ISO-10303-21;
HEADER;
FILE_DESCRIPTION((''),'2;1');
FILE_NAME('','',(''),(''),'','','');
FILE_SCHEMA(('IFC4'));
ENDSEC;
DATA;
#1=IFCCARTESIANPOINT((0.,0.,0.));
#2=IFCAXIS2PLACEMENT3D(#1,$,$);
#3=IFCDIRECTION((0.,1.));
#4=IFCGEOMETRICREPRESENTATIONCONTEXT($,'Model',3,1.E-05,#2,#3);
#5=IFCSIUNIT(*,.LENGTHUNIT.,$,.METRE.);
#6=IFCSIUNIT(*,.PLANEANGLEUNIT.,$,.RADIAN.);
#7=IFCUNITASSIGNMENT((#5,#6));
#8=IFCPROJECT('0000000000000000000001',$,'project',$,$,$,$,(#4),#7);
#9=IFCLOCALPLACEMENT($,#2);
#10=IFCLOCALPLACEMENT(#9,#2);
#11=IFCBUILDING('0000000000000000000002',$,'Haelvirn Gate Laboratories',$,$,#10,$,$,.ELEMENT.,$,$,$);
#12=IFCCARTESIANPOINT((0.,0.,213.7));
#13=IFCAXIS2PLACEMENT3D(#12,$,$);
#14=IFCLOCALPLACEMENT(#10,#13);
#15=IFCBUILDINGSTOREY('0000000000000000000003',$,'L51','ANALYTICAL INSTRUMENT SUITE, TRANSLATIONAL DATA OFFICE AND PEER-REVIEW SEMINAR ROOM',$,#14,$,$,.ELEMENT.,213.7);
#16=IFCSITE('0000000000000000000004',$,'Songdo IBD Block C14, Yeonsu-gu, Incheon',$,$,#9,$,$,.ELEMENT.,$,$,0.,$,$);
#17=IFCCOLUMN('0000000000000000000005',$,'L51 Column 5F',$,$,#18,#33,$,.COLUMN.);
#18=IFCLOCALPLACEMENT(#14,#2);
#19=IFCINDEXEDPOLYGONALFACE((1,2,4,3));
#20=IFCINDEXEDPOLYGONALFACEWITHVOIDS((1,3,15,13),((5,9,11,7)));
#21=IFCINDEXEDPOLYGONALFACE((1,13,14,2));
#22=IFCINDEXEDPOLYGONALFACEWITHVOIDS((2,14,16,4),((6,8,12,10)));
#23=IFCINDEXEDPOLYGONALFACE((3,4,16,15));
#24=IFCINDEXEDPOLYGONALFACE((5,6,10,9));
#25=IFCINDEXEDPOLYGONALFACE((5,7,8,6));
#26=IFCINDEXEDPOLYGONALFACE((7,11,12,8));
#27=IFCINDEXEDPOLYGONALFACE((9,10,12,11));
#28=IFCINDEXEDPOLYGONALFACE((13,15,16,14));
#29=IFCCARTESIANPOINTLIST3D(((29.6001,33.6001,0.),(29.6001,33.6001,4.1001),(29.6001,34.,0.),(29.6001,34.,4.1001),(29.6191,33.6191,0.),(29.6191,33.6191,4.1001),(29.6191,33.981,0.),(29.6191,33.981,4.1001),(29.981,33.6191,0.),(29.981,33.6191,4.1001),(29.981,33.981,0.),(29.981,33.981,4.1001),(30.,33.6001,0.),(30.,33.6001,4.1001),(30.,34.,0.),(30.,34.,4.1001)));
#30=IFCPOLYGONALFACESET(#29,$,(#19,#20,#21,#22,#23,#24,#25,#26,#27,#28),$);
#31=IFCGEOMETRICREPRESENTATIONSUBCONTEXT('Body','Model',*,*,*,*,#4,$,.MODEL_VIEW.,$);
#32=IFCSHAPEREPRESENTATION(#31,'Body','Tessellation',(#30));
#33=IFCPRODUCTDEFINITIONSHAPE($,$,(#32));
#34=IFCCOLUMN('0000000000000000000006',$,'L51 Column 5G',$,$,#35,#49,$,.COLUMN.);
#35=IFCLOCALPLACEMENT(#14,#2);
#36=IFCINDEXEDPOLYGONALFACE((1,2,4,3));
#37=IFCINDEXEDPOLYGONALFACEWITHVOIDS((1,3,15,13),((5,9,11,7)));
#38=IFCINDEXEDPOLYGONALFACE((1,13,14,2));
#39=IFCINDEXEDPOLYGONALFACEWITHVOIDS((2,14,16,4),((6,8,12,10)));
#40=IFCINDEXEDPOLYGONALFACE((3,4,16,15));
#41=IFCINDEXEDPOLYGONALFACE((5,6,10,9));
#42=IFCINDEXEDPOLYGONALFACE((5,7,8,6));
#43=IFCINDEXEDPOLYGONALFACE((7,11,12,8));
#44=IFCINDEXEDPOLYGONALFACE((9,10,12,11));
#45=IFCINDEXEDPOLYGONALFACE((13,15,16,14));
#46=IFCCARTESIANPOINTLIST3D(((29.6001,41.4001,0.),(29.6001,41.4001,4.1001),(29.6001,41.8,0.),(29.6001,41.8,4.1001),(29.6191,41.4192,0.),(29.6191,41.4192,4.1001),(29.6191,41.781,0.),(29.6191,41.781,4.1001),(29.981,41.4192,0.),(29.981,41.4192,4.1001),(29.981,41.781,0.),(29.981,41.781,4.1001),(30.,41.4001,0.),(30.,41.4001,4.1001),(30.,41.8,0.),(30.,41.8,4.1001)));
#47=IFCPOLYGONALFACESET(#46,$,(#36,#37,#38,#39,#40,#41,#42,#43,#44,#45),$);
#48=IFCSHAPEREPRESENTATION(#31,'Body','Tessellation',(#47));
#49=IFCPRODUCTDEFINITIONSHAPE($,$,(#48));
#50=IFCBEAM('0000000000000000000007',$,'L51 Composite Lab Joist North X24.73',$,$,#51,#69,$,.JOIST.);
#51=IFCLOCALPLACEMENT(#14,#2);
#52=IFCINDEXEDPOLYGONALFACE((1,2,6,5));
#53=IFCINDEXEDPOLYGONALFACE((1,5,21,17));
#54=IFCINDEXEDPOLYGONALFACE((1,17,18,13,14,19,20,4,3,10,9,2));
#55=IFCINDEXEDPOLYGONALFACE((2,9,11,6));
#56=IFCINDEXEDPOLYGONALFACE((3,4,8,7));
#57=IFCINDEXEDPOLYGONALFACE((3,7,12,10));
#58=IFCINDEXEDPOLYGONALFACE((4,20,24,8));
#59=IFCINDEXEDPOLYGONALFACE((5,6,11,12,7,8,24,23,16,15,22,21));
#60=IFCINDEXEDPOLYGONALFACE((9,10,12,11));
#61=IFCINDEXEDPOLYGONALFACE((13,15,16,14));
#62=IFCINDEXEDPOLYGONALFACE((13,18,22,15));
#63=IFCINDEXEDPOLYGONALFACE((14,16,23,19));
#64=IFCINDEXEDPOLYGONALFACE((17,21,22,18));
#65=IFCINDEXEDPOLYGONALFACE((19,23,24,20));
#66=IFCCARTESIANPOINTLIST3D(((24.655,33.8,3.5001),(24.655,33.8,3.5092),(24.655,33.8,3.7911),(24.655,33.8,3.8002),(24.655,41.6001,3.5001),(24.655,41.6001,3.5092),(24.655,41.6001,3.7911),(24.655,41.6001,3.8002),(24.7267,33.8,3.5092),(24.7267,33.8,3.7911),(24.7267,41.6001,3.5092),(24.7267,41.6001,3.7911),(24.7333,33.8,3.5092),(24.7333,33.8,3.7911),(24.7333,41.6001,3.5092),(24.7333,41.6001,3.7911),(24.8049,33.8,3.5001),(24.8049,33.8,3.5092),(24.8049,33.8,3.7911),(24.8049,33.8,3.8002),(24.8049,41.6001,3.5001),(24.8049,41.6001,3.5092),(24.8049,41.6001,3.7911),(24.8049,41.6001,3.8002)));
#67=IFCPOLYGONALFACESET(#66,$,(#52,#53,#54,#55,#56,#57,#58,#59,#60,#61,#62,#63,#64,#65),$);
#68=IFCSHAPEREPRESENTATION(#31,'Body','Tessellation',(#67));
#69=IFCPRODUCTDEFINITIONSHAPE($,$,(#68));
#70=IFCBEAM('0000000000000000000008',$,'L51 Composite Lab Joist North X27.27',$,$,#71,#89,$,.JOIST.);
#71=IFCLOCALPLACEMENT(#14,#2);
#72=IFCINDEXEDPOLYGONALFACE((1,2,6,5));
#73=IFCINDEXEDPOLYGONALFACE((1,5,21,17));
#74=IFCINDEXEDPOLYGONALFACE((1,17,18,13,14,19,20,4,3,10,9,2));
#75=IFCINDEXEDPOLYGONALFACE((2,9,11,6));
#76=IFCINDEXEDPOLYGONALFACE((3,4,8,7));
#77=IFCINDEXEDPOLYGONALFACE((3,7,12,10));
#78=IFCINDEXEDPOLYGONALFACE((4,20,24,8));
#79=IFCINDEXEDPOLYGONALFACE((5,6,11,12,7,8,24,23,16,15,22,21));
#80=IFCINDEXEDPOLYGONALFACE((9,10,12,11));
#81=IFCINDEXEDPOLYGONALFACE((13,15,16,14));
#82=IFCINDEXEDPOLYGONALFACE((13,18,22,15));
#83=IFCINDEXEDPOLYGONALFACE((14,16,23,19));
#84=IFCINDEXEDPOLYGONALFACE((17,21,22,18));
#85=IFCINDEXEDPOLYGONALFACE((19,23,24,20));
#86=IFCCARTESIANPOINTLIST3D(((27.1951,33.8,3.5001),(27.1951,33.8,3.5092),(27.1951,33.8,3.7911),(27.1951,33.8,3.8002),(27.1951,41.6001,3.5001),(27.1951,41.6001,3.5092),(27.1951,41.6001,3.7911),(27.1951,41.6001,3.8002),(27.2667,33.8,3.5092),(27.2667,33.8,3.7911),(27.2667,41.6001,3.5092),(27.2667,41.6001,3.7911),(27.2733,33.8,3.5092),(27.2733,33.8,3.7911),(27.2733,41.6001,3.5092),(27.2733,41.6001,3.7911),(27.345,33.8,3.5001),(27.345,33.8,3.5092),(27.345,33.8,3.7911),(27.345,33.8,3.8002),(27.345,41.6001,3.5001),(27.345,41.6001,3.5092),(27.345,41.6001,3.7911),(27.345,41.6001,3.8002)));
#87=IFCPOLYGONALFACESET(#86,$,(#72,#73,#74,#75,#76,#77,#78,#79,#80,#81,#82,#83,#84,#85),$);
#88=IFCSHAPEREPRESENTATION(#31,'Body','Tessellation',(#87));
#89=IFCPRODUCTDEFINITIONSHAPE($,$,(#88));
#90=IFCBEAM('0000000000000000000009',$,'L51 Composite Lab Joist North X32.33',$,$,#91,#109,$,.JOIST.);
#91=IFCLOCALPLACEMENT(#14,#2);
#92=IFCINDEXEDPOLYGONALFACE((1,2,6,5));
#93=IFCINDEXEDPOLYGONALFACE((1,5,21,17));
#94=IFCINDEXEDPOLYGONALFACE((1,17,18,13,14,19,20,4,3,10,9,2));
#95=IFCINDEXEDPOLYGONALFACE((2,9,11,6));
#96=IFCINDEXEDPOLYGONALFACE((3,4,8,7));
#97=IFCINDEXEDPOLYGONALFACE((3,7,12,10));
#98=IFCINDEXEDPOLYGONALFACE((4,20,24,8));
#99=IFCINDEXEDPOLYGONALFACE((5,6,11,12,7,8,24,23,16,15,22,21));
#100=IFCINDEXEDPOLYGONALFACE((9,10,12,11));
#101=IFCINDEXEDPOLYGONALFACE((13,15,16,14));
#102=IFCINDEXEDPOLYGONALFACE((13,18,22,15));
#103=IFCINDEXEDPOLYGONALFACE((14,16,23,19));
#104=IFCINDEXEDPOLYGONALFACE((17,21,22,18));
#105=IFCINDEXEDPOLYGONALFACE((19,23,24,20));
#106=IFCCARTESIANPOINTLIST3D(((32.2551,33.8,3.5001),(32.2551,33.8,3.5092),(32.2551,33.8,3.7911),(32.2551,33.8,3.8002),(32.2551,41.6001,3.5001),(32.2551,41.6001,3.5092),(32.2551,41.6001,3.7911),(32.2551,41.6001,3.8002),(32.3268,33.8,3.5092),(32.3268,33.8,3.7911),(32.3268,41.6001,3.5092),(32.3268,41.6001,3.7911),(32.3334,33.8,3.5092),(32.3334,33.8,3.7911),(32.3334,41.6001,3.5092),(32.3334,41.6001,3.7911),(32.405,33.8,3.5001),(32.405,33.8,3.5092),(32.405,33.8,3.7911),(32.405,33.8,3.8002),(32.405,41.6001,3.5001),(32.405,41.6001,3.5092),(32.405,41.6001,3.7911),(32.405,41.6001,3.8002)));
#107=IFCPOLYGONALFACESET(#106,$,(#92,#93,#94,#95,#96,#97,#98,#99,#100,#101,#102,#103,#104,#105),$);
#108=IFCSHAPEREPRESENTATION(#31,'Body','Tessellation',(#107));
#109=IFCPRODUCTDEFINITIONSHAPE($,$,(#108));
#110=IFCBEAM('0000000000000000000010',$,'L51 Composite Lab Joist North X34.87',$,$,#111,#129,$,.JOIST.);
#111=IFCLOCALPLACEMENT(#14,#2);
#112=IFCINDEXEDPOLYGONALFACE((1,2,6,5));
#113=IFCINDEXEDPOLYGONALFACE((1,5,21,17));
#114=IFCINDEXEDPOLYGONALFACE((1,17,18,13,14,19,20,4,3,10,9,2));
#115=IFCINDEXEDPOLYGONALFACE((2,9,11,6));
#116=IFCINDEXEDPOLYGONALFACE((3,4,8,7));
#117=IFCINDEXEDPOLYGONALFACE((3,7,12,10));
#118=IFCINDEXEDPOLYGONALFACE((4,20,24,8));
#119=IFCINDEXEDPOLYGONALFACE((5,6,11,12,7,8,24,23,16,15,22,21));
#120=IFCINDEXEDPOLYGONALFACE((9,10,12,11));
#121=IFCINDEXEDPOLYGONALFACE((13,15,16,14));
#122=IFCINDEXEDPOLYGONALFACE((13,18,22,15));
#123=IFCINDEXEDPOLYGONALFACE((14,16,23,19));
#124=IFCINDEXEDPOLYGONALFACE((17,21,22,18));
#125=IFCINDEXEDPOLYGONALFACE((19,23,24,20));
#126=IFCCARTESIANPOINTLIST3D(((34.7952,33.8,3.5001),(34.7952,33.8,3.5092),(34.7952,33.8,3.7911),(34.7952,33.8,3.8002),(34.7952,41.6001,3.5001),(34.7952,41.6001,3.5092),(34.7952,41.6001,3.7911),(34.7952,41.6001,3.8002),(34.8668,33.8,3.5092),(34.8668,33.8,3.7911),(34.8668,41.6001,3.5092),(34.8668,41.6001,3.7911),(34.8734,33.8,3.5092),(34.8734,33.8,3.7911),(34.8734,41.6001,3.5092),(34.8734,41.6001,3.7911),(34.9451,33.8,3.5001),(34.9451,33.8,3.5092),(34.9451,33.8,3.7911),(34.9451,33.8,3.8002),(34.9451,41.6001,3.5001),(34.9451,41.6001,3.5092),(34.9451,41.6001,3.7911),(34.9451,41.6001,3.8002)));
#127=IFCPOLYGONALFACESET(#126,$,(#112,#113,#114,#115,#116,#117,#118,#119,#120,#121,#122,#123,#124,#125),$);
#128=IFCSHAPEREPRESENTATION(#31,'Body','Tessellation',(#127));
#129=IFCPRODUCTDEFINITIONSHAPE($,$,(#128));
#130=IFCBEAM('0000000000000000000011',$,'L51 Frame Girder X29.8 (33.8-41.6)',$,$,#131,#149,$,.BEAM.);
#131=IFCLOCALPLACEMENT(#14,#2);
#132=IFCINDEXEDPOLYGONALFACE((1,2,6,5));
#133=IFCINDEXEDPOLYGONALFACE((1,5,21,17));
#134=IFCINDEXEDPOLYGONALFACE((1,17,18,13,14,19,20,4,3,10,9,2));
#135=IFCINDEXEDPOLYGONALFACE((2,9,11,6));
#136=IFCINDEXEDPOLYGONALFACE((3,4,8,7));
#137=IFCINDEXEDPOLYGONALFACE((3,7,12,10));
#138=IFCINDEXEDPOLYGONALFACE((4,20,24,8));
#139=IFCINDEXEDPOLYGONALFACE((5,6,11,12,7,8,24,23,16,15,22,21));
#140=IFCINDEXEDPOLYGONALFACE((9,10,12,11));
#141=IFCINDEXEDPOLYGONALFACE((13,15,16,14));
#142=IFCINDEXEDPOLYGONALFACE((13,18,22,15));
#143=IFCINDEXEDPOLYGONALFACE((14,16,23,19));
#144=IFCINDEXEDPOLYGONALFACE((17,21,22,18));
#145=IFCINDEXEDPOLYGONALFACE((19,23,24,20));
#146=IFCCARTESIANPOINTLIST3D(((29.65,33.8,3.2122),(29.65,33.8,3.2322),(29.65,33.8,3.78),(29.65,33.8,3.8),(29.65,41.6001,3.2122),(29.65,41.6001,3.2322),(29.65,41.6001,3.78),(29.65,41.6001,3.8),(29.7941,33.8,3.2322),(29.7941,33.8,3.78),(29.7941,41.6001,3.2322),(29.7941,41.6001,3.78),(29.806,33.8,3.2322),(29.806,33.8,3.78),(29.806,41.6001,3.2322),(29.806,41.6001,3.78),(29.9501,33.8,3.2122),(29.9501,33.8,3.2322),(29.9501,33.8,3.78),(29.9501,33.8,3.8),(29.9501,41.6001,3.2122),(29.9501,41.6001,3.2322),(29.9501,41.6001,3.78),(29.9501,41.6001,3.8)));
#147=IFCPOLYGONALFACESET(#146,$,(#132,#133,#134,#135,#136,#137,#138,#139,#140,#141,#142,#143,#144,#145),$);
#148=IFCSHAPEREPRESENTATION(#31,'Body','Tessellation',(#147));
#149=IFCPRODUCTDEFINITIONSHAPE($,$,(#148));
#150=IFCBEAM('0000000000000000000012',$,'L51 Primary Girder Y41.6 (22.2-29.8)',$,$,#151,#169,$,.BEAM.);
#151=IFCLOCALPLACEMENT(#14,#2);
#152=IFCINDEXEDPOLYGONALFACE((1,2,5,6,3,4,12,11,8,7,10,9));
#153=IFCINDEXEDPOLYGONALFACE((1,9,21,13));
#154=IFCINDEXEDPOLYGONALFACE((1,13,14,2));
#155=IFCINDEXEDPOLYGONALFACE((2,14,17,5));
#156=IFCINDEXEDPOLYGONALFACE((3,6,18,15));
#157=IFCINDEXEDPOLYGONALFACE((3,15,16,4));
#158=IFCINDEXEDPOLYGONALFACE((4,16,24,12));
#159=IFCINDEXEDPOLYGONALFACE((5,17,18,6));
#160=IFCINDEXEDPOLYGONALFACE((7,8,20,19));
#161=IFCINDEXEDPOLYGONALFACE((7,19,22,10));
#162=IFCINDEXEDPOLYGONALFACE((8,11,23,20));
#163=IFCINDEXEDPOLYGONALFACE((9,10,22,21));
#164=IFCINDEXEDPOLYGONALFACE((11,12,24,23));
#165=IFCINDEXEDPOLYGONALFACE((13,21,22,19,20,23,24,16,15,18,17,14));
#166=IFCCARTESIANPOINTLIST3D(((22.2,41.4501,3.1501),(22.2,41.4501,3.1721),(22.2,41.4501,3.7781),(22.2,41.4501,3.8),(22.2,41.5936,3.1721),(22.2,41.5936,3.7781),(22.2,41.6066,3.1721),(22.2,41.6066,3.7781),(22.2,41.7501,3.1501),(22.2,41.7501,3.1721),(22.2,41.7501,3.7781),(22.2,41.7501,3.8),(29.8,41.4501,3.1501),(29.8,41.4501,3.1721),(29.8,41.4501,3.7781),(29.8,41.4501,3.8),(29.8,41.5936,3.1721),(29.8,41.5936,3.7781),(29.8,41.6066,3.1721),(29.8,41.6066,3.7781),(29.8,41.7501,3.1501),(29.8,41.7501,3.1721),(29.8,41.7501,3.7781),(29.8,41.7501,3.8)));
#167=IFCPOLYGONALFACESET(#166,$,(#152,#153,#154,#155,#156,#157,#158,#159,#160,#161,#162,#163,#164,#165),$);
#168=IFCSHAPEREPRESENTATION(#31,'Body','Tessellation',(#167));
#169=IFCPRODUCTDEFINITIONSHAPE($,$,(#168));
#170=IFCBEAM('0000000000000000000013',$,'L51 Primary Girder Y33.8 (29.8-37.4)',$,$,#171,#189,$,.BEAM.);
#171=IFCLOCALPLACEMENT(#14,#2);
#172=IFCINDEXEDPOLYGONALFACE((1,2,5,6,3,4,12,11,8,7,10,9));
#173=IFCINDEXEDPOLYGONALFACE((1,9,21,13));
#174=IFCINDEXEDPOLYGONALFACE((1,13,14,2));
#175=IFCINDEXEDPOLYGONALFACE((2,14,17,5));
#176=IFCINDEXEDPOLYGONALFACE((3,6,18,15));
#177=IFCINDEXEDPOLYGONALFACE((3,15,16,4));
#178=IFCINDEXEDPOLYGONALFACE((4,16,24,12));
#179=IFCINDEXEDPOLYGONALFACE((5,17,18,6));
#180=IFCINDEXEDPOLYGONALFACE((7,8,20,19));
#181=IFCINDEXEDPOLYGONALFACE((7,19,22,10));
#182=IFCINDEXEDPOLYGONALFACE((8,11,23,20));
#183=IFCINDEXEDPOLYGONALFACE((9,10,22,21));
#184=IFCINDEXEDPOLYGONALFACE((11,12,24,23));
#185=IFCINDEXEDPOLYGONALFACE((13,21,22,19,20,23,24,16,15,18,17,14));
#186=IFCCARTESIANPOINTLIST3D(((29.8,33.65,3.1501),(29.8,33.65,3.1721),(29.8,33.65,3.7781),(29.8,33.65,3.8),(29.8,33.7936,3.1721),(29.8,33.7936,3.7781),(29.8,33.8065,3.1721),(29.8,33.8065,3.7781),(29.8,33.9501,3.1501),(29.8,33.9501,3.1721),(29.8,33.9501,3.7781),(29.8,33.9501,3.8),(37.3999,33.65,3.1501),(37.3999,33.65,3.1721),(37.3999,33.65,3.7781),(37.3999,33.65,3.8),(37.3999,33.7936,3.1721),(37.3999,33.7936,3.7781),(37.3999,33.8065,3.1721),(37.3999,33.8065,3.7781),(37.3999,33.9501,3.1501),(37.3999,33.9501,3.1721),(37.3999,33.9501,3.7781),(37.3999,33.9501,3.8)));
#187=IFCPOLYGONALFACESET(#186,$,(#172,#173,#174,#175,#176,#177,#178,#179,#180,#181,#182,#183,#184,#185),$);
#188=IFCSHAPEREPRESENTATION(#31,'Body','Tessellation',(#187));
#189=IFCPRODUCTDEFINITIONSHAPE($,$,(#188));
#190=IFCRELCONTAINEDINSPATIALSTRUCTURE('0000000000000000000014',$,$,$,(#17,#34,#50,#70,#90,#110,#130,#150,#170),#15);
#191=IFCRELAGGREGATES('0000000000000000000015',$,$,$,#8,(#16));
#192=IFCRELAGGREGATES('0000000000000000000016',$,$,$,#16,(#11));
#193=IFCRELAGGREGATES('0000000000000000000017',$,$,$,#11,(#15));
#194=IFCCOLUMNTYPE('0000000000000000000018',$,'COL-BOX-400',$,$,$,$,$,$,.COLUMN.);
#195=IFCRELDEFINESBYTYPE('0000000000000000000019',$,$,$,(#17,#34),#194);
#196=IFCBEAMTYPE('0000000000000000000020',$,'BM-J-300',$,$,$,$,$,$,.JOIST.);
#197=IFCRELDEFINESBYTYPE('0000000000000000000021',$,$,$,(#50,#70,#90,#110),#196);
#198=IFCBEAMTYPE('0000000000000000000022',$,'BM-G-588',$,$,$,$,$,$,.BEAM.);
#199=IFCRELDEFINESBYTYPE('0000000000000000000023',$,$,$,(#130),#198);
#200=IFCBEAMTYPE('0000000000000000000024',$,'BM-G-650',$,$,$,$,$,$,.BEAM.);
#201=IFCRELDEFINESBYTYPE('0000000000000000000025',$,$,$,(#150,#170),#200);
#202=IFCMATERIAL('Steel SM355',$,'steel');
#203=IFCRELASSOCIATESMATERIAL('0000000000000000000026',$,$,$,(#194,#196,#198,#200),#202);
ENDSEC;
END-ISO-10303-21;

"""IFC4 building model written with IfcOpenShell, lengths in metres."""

from ifc_helpers import new_model, si_unit, direction, frame, origin, origin_2d, place, context, subcontext, project, spatial, hollow_rectangle, i_section, extrude, source, transform, mapped, material, material_profile, profile_set, type_object, type_shapes, element, save


model = new_model("IFC4")

# Units and contexts
model_context = context("Model", 3, precision=1e-05, world=origin(), true_north=direction((0.0, 1.0)))
body_context = subcontext(model_context, "Body", "Model", "MODEL_VIEW")
ifc_project = project(units=[si_unit("LENGTHUNIT", "METRE"), si_unit("PLANEANGLEUNIT", "RADIAN")], contexts=[model_context])

# Site, building, storey
site_placement = place(None, origin())
site = spatial("IfcSite", under=ifc_project, at=site_placement, Name="Songdo IBD Block C14, Yeonsu-gu, Incheon", CompositionType="ELEMENT", RefElevation=0.0)
building_placement = place(site_placement, origin())
building = spatial("IfcBuilding", under=site, at=building_placement, Name="Haelvirn Gate Laboratories", CompositionType="ELEMENT")
storey_placement = place(building_placement, frame((0.0, 0.0, 213.7)))
storey = spatial("IfcBuildingStorey", under=building, at=storey_placement, Name="L51", Description="ANALYTICAL INSTRUMENT SUITE, TRANSLATIONAL DATA OFFICE AND PEER-REVIEW SEMINAR ROOM", CompositionType="ELEMENT", Elevation=213.7)

# Columns
ifc_material_1 = material(Name="Steel SM355", Category="steel")
ifc_material_profile_1 = material_profile(ifc_material_1, hollow_rectangle(XDim=0.3999, YDim=0.3999, WallThickness=0.019, at=origin_2d()), Name="BOX-400x400x19")
ifc_profile_set_1 = profile_set([ifc_material_profile_1], Name="Steel SM355")
column_type = type_object("IfcColumnType", Name="COL-BOX-400", PredefinedType="COLUMN", material=ifc_profile_set_1)
shared_shape_1 = source(origin(), body_context, "Body", "SweptSolid", [
    extrude(hollow_rectangle(XDim=0.3999, YDim=0.3999, WallThickness=0.019, at=origin_2d()), origin(), (0.0, 0.0, 1.0), 4.1001),
])
type_shapes(column_type, [shared_shape_1])
for number, where, z_axis, x_axis, name in (
    (1, (29.8, 33.8, 0.0), (0.0, 0.0, 1.0), (1.0, 0.0, 0.0), "L51 Column 5F"),
    (2, (29.8, 41.6001, 0.0), (0.0, 0.0, 1.0), (1.0, 0.0, 0.0), "L51 Column 5G"),
):
    element("IfcColumn", number, at=place(storey_placement, frame(where, z_axis=z_axis, x_axis=x_axis)), inside=storey, type_object=column_type, Name=name, PredefinedType="COLUMN", context=body_context, shape_type="MappedRepresentation", body=[
        mapped(shared_shape_1, transform((0.0, 0.0, 0.0), scale=1.0)),
    ])

# Beams
ifc_material_profile_2 = material_profile(ifc_material_1, i_section(OverallWidth=0.1499, OverallDepth=0.3, WebThickness=0.0066, FlangeThickness=0.009, at=origin_2d()), Name="H-300x150x6.5x9")
ifc_profile_set_2 = profile_set([ifc_material_profile_2], Name="Steel SM355")
beam_type_1 = type_object("IfcBeamType", Name="BM-J-300", PredefinedType="JOIST", material=ifc_profile_set_2)
shared_shape_2 = source(origin(), body_context, "Body", "SweptSolid", [
    extrude(i_section(OverallWidth=0.1499, OverallDepth=0.3, WebThickness=0.0066, FlangeThickness=0.009, at=origin_2d()), origin(), (0.0, 0.0, 1.0), 7.8),
])
type_shapes(beam_type_1, [shared_shape_2])
for number, where, z_axis, x_axis, name in (
    (3, (24.73, 33.8, 3.6501), (0.0, 1.0, 0.0), (-1.0, 0.0, 0.0), "L51 Composite Lab Joist North X24.73"),
    (4, (27.27, 33.8, 3.6501), (0.0, 1.0, 0.0), (-1.0, 0.0, 0.0), "L51 Composite Lab Joist North X27.27"),
    (5, (32.3301, 33.8, 3.6501), (0.0, 1.0, 0.0), (-1.0, 0.0, 0.0), "L51 Composite Lab Joist North X32.33"),
    (6, (34.8701, 33.8, 3.6501), (0.0, 1.0, 0.0), (-1.0, 0.0, 0.0), "L51 Composite Lab Joist North X34.87"),
):
    element("IfcBeam", number, at=place(storey_placement, frame(where, z_axis=z_axis, x_axis=x_axis)), inside=storey, type_object=beam_type_1, Name=name, PredefinedType="JOIST", context=body_context, shape_type="MappedRepresentation", body=[
        mapped(shared_shape_2, transform((0.0, 0.0, 0.0), scale=1.0)),
    ])
ifc_material_profile_3 = material_profile(ifc_material_1, i_section(OverallWidth=0.3, OverallDepth=0.5879, WebThickness=0.012, FlangeThickness=0.02, at=origin_2d()), Name="H-588x300x12x20")
ifc_profile_set_3 = profile_set([ifc_material_profile_3], Name="Steel SM355")
beam_type_2 = type_object("IfcBeamType", Name="BM-G-588", PredefinedType="BEAM", material=ifc_profile_set_3)
shared_shape_3 = source(origin(), body_context, "Body", "SweptSolid", [
    extrude(i_section(OverallWidth=0.3, OverallDepth=0.5879, WebThickness=0.012, FlangeThickness=0.02, at=origin_2d()), origin(), (0.0, 0.0, 1.0), 7.8),
])
type_shapes(beam_type_2, [shared_shape_3])
beam_1_placement = place(storey_placement, frame((29.8, 33.8, 3.5061), z_axis=(0.0, 1.0, 0.0), x_axis=(-1.0, 0.0, 0.0)))
element("IfcBeam", 7, at=beam_1_placement, inside=storey, type_object=beam_type_2, Name="L51 Frame Girder X29.8 (33.8-41.6)", PredefinedType="BEAM", context=body_context, shape_type="MappedRepresentation", body=[
    mapped(shared_shape_3, transform((0.0, 0.0, 0.0), scale=1.0)),
])
ifc_material_profile_4 = material_profile(ifc_material_1, i_section(OverallWidth=0.3, OverallDepth=0.6499, WebThickness=0.0129, FlangeThickness=0.022, at=origin_2d()), Name="H-650x300x13x22")
ifc_profile_set_4 = profile_set([ifc_material_profile_4], Name="Steel SM355")
beam_type_3 = type_object("IfcBeamType", Name="BM-G-650", PredefinedType="BEAM", material=ifc_profile_set_4)
shared_shape_4 = source(origin(), body_context, "Body", "SweptSolid", [
    extrude(i_section(OverallWidth=0.3, OverallDepth=0.6499, WebThickness=0.0129, FlangeThickness=0.022, at=origin_2d()), origin(), (0.0, 0.0, 1.0), 7.6001),
])
beam_2_placement = place(storey_placement, frame((22.2, 41.6001, 3.4751), z_axis=(1.0, 0.0, 0.0), x_axis=(0.0, 1.0, 0.0)))
element("IfcBeam", 8, at=beam_2_placement, inside=storey, type_object=beam_type_3, Name="L51 Primary Girder Y41.6 (22.2-29.8)", PredefinedType="BEAM", context=body_context, shape_type="MappedRepresentation", body=[
    mapped(shared_shape_4, transform((0.0, 0.0, 0.0), scale=1.0)),
])
shared_shape_5 = source(origin(), body_context, "Body", "SweptSolid", [
    extrude(i_section(OverallWidth=0.3, OverallDepth=0.6499, WebThickness=0.0129, FlangeThickness=0.022, at=origin_2d()), origin(), (0.0, 0.0, 1.0), 7.5999),
])
type_shapes(beam_type_3, [shared_shape_4, shared_shape_5])
for number, where, z_axis, x_axis, name in (
    (9, (29.8, 33.8, 3.4751), (1.0, 0.0, 0.0), (0.0, 1.0, 0.0), "L51 Primary Girder Y33.8 (29.8-37.4)"),
):
    element("IfcBeam", number, at=place(storey_placement, frame(where, z_axis=z_axis, x_axis=x_axis)), inside=storey, type_object=beam_type_3, Name=name, PredefinedType="BEAM", context=body_context, shape_type="MappedRepresentation", body=[
        mapped(shared_shape_5, transform((0.0, 0.0, 0.0), scale=1.0)),
    ])

save(model, "model.ifc")
